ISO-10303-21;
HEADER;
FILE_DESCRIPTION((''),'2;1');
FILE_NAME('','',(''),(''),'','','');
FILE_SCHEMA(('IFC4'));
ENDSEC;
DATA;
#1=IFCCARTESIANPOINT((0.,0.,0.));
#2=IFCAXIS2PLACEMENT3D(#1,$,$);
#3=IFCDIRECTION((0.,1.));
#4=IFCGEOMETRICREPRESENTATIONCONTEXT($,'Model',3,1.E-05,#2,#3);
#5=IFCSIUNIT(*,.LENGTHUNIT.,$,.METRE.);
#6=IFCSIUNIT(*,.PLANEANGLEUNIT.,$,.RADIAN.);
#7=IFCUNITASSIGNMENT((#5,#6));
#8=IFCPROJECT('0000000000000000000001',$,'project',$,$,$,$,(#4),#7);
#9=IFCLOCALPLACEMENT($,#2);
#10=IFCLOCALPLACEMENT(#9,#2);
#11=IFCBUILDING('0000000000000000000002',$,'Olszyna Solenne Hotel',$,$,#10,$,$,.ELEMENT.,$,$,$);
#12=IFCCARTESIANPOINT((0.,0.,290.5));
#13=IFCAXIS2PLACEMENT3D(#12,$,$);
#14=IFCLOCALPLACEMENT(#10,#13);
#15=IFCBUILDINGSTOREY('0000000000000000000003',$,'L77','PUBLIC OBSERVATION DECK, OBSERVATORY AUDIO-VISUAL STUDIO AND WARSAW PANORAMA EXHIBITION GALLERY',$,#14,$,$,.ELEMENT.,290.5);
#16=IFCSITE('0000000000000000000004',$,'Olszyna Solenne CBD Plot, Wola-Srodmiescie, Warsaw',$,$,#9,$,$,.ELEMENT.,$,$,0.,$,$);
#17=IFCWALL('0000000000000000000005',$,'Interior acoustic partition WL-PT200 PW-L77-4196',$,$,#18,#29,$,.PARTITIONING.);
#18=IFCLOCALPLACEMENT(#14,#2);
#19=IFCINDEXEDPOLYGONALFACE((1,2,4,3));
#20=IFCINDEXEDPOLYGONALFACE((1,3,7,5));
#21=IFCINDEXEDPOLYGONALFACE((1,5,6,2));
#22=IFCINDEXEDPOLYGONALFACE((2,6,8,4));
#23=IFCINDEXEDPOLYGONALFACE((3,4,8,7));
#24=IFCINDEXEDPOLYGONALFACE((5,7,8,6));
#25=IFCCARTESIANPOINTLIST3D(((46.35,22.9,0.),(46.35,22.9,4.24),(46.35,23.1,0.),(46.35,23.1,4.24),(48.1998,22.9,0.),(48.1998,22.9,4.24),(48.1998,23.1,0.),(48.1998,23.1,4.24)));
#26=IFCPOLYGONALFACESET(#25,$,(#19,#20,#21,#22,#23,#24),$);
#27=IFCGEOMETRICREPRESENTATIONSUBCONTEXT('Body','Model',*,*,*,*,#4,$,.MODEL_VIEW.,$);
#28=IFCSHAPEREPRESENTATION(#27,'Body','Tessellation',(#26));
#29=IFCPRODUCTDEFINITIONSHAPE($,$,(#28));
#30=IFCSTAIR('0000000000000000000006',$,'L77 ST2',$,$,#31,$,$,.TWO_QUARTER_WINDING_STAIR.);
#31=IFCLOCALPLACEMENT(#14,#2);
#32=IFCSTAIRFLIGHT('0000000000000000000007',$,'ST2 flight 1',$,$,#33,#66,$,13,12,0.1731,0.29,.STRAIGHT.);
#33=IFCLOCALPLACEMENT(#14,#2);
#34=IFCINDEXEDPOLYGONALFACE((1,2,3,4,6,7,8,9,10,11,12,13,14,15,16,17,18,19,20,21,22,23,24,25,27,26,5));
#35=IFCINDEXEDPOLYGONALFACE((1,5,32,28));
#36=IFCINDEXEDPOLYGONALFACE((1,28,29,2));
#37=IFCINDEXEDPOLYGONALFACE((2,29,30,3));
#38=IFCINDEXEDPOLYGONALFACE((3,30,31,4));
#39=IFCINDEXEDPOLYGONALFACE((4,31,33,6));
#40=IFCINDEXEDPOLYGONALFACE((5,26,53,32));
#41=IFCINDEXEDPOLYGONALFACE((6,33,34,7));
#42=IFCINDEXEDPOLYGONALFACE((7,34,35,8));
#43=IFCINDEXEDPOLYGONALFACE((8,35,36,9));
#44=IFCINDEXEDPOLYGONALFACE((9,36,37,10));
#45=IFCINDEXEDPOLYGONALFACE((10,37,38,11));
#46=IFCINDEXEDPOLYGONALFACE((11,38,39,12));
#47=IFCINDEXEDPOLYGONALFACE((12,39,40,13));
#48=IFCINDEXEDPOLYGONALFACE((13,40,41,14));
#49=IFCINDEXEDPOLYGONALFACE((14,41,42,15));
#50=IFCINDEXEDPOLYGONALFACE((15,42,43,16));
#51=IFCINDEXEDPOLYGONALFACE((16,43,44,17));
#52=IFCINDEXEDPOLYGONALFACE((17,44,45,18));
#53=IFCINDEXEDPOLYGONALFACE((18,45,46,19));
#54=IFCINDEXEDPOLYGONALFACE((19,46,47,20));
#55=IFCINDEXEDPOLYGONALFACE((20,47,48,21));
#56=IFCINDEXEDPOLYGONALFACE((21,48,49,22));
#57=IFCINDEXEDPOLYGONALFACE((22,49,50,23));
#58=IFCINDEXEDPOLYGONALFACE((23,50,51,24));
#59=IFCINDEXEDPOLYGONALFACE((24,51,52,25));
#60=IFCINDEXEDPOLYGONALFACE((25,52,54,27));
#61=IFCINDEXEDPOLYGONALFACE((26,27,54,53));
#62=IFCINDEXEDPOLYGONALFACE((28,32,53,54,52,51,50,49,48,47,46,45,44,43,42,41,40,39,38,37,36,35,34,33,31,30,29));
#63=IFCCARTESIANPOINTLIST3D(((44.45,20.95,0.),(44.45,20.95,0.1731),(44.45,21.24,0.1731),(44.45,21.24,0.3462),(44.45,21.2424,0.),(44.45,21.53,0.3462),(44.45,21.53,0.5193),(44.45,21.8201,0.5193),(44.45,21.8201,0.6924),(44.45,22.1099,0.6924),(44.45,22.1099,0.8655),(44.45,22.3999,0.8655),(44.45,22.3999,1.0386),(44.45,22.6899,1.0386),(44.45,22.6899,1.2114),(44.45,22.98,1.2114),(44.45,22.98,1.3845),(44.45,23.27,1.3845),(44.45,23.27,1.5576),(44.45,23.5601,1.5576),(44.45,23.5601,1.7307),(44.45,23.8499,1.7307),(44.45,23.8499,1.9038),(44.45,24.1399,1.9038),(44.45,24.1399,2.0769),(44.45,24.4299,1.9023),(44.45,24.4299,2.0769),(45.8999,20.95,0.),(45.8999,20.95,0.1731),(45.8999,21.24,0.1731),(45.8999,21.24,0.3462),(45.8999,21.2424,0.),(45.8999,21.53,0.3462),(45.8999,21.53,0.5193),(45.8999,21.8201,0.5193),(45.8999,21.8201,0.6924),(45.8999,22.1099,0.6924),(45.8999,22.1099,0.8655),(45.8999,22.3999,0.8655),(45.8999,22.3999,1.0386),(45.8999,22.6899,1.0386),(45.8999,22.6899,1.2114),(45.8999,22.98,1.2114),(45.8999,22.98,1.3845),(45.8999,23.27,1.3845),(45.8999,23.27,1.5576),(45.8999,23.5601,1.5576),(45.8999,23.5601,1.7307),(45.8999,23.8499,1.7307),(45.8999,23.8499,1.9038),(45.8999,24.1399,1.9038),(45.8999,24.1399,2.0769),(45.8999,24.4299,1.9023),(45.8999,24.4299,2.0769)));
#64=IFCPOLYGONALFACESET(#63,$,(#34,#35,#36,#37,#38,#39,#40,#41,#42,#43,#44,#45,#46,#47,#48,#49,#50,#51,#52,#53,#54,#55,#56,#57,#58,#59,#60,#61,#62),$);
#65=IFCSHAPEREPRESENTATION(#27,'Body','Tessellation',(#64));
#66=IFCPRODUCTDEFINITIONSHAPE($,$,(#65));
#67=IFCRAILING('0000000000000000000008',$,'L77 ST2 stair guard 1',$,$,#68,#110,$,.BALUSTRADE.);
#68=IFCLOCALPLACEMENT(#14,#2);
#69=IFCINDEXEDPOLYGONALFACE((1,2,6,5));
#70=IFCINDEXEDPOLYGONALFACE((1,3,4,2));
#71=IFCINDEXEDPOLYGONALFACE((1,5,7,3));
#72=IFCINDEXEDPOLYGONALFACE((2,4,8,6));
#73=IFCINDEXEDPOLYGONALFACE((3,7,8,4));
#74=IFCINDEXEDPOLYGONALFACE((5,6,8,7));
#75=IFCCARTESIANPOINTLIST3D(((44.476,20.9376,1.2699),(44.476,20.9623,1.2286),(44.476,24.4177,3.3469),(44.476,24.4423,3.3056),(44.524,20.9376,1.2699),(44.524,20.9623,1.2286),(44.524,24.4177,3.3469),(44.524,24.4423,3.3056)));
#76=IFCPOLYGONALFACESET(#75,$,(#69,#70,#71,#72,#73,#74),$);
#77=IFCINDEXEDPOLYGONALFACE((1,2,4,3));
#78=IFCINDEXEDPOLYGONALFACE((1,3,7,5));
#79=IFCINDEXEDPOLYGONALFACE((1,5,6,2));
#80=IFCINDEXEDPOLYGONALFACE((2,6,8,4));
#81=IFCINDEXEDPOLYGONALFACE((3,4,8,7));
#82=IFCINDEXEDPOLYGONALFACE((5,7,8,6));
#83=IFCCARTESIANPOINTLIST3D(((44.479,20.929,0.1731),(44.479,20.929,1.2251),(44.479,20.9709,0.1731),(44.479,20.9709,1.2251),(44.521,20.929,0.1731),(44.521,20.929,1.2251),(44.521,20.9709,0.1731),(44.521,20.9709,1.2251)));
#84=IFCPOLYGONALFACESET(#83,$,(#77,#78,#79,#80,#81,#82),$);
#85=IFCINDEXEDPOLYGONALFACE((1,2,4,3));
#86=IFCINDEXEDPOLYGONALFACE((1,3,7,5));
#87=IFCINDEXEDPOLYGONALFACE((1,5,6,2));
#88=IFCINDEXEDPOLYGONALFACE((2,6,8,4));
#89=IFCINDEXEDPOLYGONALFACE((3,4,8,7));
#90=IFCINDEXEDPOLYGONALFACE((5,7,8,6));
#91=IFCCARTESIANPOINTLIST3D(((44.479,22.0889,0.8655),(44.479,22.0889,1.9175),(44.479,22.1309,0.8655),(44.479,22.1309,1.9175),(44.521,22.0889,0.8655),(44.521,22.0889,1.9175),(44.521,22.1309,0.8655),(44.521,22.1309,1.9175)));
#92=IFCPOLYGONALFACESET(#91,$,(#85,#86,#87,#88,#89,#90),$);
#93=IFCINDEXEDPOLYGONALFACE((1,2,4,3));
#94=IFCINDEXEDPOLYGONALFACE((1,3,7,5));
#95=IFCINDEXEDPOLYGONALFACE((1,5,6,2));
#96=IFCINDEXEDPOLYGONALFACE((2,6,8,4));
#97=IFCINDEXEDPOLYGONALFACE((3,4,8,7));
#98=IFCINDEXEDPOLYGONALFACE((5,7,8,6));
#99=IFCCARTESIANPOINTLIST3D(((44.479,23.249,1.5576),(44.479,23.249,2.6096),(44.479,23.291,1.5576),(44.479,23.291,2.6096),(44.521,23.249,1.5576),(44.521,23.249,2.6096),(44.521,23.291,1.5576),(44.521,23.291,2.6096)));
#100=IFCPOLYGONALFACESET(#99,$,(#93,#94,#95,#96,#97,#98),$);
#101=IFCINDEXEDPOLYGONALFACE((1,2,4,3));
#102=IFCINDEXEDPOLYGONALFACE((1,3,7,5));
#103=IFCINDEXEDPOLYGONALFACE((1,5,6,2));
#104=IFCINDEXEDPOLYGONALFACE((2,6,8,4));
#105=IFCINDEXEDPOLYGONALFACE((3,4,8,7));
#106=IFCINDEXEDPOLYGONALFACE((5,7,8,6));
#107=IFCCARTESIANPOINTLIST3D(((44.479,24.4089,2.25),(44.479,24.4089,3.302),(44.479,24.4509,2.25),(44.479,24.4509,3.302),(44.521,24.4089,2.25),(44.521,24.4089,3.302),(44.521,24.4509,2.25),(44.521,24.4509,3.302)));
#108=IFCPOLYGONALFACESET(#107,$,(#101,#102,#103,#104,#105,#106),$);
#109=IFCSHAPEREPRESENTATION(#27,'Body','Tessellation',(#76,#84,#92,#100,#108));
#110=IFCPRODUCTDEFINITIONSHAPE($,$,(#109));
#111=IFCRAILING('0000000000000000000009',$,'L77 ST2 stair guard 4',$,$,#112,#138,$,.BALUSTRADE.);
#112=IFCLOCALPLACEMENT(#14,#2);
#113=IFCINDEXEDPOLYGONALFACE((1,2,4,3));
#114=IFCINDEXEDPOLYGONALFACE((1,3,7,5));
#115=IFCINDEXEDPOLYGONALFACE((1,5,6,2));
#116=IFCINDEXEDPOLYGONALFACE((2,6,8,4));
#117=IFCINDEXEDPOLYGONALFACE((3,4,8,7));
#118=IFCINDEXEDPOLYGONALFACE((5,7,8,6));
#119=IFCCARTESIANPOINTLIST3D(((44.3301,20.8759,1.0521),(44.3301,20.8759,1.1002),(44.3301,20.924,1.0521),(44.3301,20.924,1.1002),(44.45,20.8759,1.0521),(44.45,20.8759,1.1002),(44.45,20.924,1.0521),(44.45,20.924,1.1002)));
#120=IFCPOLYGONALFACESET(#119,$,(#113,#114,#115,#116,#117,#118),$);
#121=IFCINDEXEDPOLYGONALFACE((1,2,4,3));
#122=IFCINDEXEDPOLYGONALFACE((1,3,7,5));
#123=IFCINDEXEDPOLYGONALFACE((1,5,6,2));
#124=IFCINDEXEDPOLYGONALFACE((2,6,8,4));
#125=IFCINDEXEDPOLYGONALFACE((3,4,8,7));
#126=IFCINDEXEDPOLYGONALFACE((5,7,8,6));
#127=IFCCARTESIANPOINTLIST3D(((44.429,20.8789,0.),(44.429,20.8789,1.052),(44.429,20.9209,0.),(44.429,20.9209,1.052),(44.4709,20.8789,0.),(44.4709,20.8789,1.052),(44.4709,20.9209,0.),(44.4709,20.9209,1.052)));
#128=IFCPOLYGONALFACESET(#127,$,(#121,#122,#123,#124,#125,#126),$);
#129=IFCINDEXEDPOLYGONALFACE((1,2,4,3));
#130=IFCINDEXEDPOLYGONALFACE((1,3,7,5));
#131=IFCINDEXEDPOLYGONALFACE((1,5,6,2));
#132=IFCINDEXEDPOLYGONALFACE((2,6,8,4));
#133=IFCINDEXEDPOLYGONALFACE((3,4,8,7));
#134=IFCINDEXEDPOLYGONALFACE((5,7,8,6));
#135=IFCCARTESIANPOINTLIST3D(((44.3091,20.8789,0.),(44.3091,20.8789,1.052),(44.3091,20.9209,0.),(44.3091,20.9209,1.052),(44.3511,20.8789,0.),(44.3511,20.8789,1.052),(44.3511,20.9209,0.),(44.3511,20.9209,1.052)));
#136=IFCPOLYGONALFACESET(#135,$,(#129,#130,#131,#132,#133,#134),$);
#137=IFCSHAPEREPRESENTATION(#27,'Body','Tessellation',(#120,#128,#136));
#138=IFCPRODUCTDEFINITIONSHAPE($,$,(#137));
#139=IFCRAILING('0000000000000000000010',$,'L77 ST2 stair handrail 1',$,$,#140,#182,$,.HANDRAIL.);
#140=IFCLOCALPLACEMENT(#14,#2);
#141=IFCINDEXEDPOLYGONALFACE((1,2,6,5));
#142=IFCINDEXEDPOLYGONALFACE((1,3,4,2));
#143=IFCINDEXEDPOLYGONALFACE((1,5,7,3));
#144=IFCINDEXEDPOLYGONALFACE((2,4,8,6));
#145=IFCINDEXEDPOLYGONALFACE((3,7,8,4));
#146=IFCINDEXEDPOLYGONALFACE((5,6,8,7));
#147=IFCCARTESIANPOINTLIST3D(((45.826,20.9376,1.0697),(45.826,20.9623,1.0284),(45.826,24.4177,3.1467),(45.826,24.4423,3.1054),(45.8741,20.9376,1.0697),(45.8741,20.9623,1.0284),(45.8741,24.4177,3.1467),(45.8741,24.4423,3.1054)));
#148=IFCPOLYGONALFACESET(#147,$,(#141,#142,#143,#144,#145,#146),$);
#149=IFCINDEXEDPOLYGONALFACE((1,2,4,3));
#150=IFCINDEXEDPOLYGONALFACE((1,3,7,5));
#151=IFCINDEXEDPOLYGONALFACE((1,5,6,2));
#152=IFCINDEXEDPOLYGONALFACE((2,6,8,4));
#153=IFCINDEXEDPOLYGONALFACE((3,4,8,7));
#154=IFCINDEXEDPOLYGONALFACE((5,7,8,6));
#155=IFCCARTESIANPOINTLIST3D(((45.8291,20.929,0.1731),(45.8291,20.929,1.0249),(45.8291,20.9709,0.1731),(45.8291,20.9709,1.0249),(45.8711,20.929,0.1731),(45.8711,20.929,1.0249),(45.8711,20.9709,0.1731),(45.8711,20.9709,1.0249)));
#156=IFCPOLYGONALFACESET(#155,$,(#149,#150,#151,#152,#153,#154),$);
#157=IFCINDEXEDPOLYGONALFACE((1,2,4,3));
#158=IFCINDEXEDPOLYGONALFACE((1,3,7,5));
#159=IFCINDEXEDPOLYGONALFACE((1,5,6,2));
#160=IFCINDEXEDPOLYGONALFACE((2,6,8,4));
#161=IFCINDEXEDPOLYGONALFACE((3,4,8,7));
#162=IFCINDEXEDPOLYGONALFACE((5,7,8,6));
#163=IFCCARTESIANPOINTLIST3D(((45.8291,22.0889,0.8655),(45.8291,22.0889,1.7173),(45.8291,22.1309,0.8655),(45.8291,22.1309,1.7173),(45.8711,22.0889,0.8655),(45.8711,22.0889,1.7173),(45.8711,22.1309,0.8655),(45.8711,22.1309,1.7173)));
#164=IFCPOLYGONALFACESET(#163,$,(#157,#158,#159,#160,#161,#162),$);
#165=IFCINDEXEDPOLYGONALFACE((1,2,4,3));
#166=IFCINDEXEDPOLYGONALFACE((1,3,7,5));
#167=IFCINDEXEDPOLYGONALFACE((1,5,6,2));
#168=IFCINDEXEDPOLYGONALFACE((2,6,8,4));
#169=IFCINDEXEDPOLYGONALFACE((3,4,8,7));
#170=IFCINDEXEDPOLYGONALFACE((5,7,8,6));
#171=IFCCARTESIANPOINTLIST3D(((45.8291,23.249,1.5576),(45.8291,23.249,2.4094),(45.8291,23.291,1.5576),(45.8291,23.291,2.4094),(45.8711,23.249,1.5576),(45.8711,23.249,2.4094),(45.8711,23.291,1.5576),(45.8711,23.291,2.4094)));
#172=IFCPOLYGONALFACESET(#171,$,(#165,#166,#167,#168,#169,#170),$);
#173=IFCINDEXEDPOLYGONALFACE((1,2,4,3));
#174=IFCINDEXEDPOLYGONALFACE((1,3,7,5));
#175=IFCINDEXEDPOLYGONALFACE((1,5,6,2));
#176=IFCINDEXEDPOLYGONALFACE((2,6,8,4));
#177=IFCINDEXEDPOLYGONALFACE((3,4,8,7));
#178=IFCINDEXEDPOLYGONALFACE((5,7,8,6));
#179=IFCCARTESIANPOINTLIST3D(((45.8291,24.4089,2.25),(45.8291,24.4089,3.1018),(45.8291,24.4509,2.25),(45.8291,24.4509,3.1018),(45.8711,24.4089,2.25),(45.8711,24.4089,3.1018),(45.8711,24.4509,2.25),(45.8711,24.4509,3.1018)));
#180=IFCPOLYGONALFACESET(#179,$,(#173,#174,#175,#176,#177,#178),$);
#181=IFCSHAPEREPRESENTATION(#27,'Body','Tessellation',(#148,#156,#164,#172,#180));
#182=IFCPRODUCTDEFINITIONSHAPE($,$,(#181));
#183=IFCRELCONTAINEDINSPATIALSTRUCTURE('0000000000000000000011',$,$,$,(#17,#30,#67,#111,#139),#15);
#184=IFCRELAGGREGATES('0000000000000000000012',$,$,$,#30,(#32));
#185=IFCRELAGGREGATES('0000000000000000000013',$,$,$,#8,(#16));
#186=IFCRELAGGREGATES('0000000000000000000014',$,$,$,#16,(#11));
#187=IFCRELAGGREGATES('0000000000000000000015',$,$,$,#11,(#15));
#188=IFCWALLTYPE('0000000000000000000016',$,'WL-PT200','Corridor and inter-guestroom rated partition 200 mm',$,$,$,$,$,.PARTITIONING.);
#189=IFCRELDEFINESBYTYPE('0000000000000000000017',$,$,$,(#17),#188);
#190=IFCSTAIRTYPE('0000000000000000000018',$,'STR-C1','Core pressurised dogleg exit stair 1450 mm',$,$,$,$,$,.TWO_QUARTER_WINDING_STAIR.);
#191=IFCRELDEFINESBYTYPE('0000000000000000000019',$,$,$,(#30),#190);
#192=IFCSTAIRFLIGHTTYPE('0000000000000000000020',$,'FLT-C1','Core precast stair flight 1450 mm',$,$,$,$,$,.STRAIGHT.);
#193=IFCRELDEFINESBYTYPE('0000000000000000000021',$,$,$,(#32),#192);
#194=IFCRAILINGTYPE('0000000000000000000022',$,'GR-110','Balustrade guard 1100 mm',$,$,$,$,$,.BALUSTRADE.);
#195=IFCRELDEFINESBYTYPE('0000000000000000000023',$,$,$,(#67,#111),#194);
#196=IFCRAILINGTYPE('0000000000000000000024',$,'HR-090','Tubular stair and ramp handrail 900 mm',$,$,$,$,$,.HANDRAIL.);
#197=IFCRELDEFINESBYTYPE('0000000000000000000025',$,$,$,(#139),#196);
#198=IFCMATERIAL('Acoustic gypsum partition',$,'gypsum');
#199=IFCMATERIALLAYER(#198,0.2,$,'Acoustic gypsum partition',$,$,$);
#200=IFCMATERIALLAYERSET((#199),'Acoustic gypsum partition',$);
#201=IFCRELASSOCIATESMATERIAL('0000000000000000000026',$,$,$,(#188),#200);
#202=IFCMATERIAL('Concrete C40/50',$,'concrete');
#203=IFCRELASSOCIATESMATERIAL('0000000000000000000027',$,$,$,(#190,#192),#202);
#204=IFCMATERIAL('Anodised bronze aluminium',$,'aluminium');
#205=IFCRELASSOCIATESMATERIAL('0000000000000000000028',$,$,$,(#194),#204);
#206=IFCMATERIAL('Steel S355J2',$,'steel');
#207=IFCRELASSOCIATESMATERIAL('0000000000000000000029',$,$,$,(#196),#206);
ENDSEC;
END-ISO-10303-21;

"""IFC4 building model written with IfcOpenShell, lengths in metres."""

from ifc_helpers import new_model, si_unit, direction, frame, frame_2d, origin, origin_2d, place, context, subcontext, project, spatial, polyline, rectangle, outline, extrude, material, layer, layer_set, type_object, element, aggregate, save


model = new_model("IFC4")

# Units and contexts
model_context = context("Model", 3, precision=1e-05, world=origin(), true_north=direction((0.0, 1.0)))
body_context = subcontext(model_context, "Body", "Model", "MODEL_VIEW")
ifc_project = project(units=[si_unit("LENGTHUNIT", "METRE"), si_unit("PLANEANGLEUNIT", "RADIAN")], contexts=[model_context])

# Site, building, storey
site_placement = place(None, origin())
site = spatial("IfcSite", under=ifc_project, at=site_placement, Name="Olszyna Solenne CBD Plot, Wola-Srodmiescie, Warsaw", CompositionType="ELEMENT", RefElevation=0.0)
building_placement = place(site_placement, origin())
building = spatial("IfcBuilding", under=site, at=building_placement, Name="Olszyna Solenne Hotel", CompositionType="ELEMENT")
storey_placement = place(building_placement, frame((0.0, 0.0, 290.5)))
storey = spatial("IfcBuildingStorey", under=building, at=storey_placement, Name="L77", Description="PUBLIC OBSERVATION DECK, OBSERVATORY AUDIO-VISUAL STUDIO AND WARSAW PANORAMA EXHIBITION GALLERY", CompositionType="ELEMENT", Elevation=290.5)

# Shared definitions
ifc_material_1 = material(Name="Steel S355J2", Category="steel")

# Shared definitions
ifc_material_2 = material(Name="Acoustic gypsum partition", Category="gypsum")
ifc_layer_1 = layer(ifc_material_2, 0.2, Name="Acoustic gypsum partition")
ifc_layer_set_1 = layer_set([ifc_layer_1], Name="Acoustic gypsum partition")
wall_type_1 = type_object("IfcWallType", Name="WL-PT200", Description="Corridor and inter-guestroom rated partition 200 mm", PredefinedType="PARTITIONING", material=ifc_layer_set_1)

# Wall
wall_1_placement = place(storey_placement, frame((46.3501, 23.0, 0.0), z_axis=(0.0, 0.0, 1.0), x_axis=(1.0, 0.0, 0.0)))
element("IfcWall", 1, at=wall_1_placement, inside=storey, type_object=wall_type_1, Name="Interior acoustic partition WL-PT200 PW-L77-4196", PredefinedType="PARTITIONING", context=body_context, shape_type="SweptSolid", body=[
    extrude(rectangle(XDim=1.8499, YDim=0.2, at=frame_2d((0.9248, 0.0))), origin(), (0.0, 0.0, 1.0), 4.24),
])

# Stair, stair flight
ifc_material_3 = material(Name="Concrete C40/50", Category="concrete")
stair_type = type_object("IfcStairType", Name="STR-C1", Description="Core pressurised dogleg exit stair 1450 mm", PredefinedType="TWO_QUARTER_WINDING_STAIR", material=ifc_material_3)
stair_placement = place(storey_placement, origin())
stair = element("IfcStair", 2, at=stair_placement, inside=storey, type_object=stair_type, Name="L77 ST2", PredefinedType="TWO_QUARTER_WINDING_STAIR")
stair_flight_type = type_object("IfcStairFlightType", Name="FLT-C1", Description="Core precast stair flight 1450 mm", PredefinedType="STRAIGHT", material=ifc_material_3)
stair_flight_placement = place(storey_placement, frame((45.175, 20.95, 0.0), z_axis=(0.0, 0.0, 1.0), x_axis=(0.0, 1.0, 0.0)))
stair_flight = element("IfcStairFlight", 3, at=stair_flight_placement, type_object=stair_flight_type, Name="ST2 flight 1", NumberOfRisers=13, NumberOfTreads=12, PredefinedType="STRAIGHT", RiserHeight=0.1731, TreadLength=0.29, context=body_context, shape_type="SweptSolid", body=[
    extrude(outline(polyline([(0.0, 0.0), (0.0, 0.1731), (0.29, 0.1731), (0.29, 0.3462), (0.5801, 0.3462), (0.5801, 0.5193), (0.8701, 0.5193), (0.8701, 0.6924), (1.1599, 0.6924), (1.1599, 0.8655), (1.45, 0.8655), (1.45, 1.0386), (1.74, 1.0386), (1.74, 1.2114), (2.03, 1.2114), (2.03, 1.3845), (2.3201, 1.3845), (2.3201, 1.5576), (2.6101, 1.5576), (2.6101, 1.7307), (2.8999, 1.7307), (2.8999, 1.9038), (3.1899, 1.9038), (3.1899, 2.0769), (3.48, 2.0769), (3.48, 2.25), (3.48, 1.9023), (0.2925, 0.0), (0.0, 0.0)])), frame((0.0, 0.7251, 0.0), z_axis=(0.0, -1.0, 0.0), x_axis=(1.0, 0.0, 0.0)), (0.0, 0.0, 1.0), 1.45),
])
aggregate(stair, [stair_flight])

# Railings
ifc_material_4 = material(Name="Anodised bronze aluminium", Category="aluminium")
railing_type_1 = type_object("IfcRailingType", Name="GR-110", Description="Balustrade guard 1100 mm", PredefinedType="BALUSTRADE", material=ifc_material_4)
railing_1_placement = place(storey_placement, frame((44.5, 20.95, 0.1731)))
element("IfcRailing", 4, at=railing_1_placement, inside=storey, type_object=railing_type_1, Name="L77 ST2 stair guard 1", PredefinedType="BALUSTRADE", context=body_context, shape_type="SweptSolid", body=[
    extrude(rectangle(XDim=0.0481, YDim=0.0481, at=origin_2d()), frame((0.0, 0.0, 1.0762), z_axis=(0.0, 0.858697, 0.512483), x_axis=(-1.0, 0.0, 0.0)), (0.0, 0.0, 1.0), 4.0527),
    extrude(rectangle(XDim=0.042, YDim=0.042, at=origin_2d()), origin(), (0.0, 0.0, 1.0), 1.052),
    extrude(rectangle(XDim=0.042, YDim=0.042, at=origin_2d()), frame((0.0, 1.1599, 0.6924)), (0.0, 0.0, 1.0), 1.052),
    extrude(rectangle(XDim=0.042, YDim=0.042, at=origin_2d()), frame((0.0, 2.3201, 1.3845)), (0.0, 0.0, 1.0), 1.052),
    extrude(rectangle(XDim=0.042, YDim=0.042, at=origin_2d()), frame((0.0, 3.48, 2.0769)), (0.0, 0.0, 1.0), 1.052),
])
railing_2_placement = place(storey_placement, frame((44.45, 20.8999, 0.0)))
element("IfcRailing", 5, at=railing_2_placement, inside=storey, type_object=railing_type_1, Name="L77 ST2 stair guard 4", PredefinedType="BALUSTRADE", context=body_context, shape_type="SweptSolid", body=[
    extrude(rectangle(XDim=0.0481, YDim=0.0481, at=origin_2d()), frame((0.0, 0.0, 1.0762), z_axis=(-1.0, 0.0, 0.0), x_axis=(0.0, -1.0, 0.0)), (0.0, 0.0, 1.0), 0.1199),
    extrude(rectangle(XDim=0.042, YDim=0.042, at=origin_2d()), origin(), (0.0, 0.0, 1.0), 1.052),
    extrude(rectangle(XDim=0.042, YDim=0.042, at=origin_2d()), frame((-0.1199, 0.0, 0.0)), (0.0, 0.0, 1.0), 1.052),
])
railing_type_2 = type_object("IfcRailingType", Name="HR-090", Description="Tubular stair and ramp handrail 900 mm", PredefinedType="HANDRAIL", material=ifc_material_1)
railing_3_placement = place(storey_placement, frame((45.8501, 20.95, 0.1731)))
element("IfcRailing", 6, at=railing_3_placement, inside=storey, type_object=railing_type_2, Name="L77 ST2 stair handrail 1", PredefinedType="HANDRAIL", context=body_context, shape_type="SweptSolid", body=[
    extrude(rectangle(XDim=0.0481, YDim=0.0481, at=origin_2d()), frame((0.0, 0.0, 0.876), z_axis=(0.0, 0.858697, 0.512483), x_axis=(-1.0, 0.0, 0.0)), (0.0, 0.0, 1.0), 4.0527),
    extrude(rectangle(XDim=0.042, YDim=0.042, at=origin_2d()), origin(), (0.0, 0.0, 1.0), 0.8518),
    extrude(rectangle(XDim=0.042, YDim=0.042, at=origin_2d()), frame((0.0, 1.1599, 0.6924)), (0.0, 0.0, 1.0), 0.8518),
    extrude(rectangle(XDim=0.042, YDim=0.042, at=origin_2d()), frame((0.0, 2.3201, 1.3845)), (0.0, 0.0, 1.0), 0.8518),
    extrude(rectangle(XDim=0.042, YDim=0.042, at=origin_2d()), frame((0.0, 3.48, 2.0769)), (0.0, 0.0, 1.0), 0.8518),
])

save(model, "model.ifc")
